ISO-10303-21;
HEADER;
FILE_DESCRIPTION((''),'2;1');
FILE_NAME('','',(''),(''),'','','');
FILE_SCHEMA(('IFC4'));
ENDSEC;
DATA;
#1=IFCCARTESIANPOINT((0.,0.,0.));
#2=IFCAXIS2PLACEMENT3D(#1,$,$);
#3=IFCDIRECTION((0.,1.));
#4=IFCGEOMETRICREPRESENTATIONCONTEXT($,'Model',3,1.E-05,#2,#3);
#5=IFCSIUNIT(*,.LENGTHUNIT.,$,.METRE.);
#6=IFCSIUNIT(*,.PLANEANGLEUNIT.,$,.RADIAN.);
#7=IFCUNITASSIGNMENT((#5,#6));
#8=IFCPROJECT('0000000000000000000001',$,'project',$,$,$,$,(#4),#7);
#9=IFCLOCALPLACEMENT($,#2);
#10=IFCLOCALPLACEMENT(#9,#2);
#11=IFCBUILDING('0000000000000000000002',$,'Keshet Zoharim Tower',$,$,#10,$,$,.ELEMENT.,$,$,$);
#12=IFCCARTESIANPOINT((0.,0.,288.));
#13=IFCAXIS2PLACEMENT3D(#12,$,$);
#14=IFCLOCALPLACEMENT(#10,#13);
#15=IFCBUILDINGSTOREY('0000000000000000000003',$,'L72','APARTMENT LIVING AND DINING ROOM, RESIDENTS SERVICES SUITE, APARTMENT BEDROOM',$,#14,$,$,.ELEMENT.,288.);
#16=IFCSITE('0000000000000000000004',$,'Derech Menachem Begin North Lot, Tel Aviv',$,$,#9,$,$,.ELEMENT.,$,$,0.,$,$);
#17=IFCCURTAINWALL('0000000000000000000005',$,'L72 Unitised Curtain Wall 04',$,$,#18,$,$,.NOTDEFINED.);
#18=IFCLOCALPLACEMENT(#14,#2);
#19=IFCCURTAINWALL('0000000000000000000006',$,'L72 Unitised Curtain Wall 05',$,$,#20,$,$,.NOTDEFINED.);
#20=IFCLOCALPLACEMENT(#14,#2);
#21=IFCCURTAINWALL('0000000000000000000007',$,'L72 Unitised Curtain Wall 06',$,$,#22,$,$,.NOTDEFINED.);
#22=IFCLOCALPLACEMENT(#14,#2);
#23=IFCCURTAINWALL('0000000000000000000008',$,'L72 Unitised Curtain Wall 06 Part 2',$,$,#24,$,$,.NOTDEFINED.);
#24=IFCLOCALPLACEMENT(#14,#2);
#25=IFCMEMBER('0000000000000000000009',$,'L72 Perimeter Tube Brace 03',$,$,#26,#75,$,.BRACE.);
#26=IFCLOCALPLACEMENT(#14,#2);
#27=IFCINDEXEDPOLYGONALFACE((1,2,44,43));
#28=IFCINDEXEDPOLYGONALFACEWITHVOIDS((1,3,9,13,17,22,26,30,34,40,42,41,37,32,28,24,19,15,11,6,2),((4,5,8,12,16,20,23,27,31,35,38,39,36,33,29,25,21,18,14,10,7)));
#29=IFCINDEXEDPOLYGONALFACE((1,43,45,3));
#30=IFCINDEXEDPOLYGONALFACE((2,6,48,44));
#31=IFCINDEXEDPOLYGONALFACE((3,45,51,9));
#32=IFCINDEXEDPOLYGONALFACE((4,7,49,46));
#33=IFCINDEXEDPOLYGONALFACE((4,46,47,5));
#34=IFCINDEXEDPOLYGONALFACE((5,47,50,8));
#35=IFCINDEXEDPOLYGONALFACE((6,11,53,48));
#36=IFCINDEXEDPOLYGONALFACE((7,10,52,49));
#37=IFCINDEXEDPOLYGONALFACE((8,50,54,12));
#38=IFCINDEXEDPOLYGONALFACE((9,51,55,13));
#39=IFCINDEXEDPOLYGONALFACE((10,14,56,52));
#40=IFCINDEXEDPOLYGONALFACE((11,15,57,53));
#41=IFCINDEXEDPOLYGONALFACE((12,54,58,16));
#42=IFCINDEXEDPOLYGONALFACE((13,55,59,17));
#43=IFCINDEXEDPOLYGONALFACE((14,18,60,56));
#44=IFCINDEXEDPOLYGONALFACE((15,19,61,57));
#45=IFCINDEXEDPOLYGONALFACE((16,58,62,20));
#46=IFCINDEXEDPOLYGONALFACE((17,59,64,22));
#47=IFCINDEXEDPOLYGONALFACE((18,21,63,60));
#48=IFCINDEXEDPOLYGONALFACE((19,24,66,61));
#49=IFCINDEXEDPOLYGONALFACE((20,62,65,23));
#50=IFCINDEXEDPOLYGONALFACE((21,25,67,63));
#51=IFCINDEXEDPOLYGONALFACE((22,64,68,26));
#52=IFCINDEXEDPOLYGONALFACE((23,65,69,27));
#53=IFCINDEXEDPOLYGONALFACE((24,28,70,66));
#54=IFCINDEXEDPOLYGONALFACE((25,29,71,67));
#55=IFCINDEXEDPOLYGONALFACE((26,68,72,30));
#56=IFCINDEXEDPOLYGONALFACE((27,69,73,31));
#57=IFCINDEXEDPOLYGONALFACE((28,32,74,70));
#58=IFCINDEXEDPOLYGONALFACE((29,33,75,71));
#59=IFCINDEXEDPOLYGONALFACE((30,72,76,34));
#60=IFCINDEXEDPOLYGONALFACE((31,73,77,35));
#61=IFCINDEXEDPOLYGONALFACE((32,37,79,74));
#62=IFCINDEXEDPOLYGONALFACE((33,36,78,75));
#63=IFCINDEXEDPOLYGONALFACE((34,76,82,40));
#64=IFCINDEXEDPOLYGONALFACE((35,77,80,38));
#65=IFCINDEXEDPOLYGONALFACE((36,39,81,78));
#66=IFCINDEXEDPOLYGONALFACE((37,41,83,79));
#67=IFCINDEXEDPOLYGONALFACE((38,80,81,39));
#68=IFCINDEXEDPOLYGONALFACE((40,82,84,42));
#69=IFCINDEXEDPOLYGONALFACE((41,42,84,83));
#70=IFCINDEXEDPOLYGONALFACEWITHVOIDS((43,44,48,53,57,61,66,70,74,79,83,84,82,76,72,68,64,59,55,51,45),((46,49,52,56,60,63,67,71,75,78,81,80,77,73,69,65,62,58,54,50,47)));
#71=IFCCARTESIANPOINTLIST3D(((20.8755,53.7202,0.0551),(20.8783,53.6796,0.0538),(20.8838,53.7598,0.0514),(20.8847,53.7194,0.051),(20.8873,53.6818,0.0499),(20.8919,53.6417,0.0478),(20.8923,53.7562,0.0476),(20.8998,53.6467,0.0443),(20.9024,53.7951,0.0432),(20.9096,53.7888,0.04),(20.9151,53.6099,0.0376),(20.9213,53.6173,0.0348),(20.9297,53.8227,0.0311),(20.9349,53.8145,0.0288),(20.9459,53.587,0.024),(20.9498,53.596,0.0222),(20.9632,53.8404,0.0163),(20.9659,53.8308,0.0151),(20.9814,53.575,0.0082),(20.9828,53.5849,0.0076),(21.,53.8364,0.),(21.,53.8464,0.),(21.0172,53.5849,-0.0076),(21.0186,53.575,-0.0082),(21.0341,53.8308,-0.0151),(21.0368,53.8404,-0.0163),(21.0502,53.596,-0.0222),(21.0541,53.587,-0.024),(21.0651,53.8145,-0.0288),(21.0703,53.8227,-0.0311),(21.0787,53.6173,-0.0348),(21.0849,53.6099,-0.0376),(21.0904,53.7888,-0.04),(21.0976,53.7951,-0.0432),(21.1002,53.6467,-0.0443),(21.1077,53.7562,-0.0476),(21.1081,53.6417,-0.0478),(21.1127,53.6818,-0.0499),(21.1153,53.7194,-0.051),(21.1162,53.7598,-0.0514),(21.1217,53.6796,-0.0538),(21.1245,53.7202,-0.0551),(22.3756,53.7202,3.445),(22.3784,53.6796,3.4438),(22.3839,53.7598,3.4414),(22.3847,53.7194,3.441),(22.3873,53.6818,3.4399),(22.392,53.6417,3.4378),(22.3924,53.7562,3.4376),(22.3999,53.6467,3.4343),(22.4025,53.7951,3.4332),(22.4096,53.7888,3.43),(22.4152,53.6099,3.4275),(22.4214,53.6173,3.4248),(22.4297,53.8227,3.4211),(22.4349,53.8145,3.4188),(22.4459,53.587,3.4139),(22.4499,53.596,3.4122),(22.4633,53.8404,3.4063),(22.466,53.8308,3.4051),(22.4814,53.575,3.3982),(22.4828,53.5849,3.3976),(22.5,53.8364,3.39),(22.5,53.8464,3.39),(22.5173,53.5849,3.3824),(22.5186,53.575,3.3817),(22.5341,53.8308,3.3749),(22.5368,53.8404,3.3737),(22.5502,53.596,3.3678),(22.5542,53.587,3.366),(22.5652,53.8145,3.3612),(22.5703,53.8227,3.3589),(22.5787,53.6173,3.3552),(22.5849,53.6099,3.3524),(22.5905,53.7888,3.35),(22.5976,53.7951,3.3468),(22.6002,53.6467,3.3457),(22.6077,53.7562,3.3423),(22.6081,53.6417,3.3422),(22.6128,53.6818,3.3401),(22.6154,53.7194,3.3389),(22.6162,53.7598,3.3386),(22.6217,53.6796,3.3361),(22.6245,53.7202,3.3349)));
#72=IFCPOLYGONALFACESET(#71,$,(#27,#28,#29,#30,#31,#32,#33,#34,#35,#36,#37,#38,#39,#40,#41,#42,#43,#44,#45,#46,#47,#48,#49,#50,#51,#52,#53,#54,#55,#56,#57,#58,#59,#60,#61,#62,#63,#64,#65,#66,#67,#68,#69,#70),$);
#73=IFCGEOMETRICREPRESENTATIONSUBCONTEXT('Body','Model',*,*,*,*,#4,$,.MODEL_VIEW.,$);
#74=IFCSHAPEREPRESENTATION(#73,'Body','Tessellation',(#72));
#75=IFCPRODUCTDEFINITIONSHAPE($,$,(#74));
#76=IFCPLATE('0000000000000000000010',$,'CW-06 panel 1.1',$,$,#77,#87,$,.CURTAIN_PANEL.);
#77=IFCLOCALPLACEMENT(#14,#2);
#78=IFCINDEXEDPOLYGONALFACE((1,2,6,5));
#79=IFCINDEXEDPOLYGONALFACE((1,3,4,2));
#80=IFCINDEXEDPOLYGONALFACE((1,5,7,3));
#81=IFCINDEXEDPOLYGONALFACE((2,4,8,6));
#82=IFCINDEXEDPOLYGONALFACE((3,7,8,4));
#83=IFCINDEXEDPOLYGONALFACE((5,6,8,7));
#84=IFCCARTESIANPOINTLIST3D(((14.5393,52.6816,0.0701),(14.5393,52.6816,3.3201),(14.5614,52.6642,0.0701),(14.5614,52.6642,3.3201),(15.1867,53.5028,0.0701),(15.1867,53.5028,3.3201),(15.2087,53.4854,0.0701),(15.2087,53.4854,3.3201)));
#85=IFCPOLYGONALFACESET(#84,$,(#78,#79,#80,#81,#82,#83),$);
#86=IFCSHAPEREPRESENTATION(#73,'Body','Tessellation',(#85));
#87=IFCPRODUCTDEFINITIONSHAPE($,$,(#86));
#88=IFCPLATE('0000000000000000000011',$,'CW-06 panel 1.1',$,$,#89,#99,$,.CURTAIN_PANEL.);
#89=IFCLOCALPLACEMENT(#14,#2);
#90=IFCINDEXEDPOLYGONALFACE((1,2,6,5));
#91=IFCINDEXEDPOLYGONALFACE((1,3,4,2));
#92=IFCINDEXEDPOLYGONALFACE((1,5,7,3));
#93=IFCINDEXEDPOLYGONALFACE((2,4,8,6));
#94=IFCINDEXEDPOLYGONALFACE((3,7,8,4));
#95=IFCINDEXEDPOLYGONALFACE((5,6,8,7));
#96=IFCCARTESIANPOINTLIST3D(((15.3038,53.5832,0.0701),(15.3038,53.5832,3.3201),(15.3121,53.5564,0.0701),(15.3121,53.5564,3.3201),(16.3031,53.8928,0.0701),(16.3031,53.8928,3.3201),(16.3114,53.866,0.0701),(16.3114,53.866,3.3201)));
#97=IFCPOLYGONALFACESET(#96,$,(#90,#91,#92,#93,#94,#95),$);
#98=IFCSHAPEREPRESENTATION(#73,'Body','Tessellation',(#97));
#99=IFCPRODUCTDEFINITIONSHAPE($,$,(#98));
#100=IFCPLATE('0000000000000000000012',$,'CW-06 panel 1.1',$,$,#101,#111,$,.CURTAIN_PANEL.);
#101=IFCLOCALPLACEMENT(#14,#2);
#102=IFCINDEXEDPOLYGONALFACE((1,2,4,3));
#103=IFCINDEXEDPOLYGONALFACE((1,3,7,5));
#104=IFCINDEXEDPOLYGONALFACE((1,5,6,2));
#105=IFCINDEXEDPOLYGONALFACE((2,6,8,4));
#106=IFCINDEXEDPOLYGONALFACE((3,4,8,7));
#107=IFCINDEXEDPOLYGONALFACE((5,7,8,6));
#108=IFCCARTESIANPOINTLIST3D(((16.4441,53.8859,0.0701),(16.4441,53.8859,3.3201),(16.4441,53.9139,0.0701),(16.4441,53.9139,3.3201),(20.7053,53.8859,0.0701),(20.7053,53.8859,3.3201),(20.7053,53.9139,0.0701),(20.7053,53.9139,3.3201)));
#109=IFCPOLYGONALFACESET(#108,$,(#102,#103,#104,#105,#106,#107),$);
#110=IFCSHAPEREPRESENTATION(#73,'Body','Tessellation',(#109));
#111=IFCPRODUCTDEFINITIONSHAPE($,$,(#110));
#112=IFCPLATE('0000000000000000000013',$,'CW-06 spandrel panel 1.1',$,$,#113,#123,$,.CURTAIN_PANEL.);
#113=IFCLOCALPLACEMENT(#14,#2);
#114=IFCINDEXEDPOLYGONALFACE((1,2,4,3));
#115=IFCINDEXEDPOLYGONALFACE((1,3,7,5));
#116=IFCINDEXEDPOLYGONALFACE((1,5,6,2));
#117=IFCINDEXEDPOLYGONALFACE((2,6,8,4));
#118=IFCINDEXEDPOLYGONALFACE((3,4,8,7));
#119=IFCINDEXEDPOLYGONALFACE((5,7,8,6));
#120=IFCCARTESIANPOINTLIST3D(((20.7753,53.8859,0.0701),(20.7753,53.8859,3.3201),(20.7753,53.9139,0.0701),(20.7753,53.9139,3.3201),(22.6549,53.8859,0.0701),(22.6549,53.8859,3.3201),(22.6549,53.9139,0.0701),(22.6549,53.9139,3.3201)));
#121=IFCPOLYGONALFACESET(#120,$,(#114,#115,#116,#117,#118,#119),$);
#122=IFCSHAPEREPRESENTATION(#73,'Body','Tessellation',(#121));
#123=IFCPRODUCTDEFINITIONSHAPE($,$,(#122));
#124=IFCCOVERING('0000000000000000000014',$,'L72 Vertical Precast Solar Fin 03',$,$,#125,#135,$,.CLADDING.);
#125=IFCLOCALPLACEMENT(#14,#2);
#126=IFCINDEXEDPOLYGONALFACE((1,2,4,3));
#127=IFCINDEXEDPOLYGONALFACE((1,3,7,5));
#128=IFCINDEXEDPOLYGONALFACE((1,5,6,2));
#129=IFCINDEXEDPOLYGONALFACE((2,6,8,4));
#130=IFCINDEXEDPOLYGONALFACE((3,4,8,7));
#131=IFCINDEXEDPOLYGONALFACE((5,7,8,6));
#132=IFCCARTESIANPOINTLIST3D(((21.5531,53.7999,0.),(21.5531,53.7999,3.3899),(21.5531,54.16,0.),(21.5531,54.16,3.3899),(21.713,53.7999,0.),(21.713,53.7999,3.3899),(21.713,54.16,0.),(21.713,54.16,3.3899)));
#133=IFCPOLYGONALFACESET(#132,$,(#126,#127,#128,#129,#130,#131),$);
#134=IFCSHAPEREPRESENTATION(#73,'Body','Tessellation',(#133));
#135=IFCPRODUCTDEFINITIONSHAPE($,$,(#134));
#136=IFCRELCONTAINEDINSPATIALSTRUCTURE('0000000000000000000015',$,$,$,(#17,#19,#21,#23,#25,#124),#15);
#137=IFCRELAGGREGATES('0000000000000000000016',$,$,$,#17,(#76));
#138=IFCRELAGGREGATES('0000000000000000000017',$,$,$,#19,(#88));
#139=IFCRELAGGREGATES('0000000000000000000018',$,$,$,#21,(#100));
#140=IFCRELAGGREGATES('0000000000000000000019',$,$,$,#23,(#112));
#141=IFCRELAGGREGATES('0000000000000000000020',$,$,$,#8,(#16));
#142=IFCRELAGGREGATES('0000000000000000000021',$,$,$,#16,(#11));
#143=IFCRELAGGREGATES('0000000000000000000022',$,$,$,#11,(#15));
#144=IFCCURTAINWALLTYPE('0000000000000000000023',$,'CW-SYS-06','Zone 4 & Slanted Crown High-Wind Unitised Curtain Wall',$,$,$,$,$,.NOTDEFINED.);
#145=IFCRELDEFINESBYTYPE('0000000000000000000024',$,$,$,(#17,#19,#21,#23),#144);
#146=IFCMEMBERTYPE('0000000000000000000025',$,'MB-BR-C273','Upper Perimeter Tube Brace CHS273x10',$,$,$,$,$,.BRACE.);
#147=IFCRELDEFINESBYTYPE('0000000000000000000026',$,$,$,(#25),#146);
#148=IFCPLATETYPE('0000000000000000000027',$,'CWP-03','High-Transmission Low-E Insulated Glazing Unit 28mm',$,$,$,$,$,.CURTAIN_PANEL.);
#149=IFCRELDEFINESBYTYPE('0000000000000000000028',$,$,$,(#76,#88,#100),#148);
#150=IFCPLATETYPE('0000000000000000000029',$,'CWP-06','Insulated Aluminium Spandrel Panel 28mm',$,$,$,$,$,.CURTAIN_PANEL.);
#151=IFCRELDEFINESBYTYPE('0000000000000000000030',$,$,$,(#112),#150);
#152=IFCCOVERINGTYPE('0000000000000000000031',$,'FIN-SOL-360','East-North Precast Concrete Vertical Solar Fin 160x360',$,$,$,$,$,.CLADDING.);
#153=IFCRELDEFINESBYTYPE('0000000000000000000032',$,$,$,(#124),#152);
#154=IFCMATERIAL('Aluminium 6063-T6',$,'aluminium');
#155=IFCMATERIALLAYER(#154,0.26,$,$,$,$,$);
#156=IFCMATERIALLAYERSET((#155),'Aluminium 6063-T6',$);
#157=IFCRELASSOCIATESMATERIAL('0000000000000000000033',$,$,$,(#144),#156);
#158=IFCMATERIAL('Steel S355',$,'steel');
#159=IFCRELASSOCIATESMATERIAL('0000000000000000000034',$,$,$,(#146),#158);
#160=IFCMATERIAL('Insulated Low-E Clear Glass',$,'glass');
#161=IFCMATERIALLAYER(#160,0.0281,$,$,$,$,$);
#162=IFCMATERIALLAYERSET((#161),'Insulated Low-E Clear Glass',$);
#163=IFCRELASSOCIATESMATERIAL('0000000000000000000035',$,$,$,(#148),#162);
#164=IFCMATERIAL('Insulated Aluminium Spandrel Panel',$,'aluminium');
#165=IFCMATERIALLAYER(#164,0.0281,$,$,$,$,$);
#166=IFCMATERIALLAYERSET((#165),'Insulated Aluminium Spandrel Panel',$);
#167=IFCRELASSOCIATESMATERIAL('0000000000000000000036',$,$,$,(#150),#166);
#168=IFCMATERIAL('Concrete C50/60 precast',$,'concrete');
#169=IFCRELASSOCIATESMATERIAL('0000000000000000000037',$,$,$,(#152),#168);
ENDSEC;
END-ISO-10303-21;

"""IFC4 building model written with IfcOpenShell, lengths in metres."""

from ifc_helpers import new_model, si_unit, direction, frame, origin, origin_2d, place, context, subcontext, project, spatial, rectangle, hollow_circle, extrude, material, layer, layer_set, material_profile, profile_set, type_object, element, aggregate, save


model = new_model("IFC4")

# Units and contexts
model_context = context("Model", 3, precision=1e-05, world=origin(), true_north=direction((0.0, 1.0)))
body_context = subcontext(model_context, "Body", "Model", "MODEL_VIEW")
ifc_project = project(units=[si_unit("LENGTHUNIT", "METRE"), si_unit("PLANEANGLEUNIT", "RADIAN")], contexts=[model_context])

# Site, building, storey
site_placement = place(None, origin())
site = spatial("IfcSite", under=ifc_project, at=site_placement, Name="Derech Menachem Begin North Lot, Tel Aviv", CompositionType="ELEMENT", RefElevation=0.0)
building_placement = place(site_placement, origin())
building = spatial("IfcBuilding", under=site, at=building_placement, Name="Keshet Zoharim Tower", CompositionType="ELEMENT")
storey_placement = place(building_placement, frame((0.0, 0.0, 288.0)))
storey = spatial("IfcBuildingStorey", under=building, at=storey_placement, Name="L72", Description="APARTMENT LIVING AND DINING ROOM, RESIDENTS SERVICES SUITE, APARTMENT BEDROOM", CompositionType="ELEMENT", Elevation=288.0)

# Shared definitions
ifc_material_1 = material(Name="Steel S355", Category="steel")

# Curtain wall
ifc_material_2 = material(Name="Aluminium 6063-T6", Category="aluminium")
ifc_layer_1 = layer(ifc_material_2, 0.26)
ifc_layer_set_1 = layer_set([ifc_layer_1], Name="Aluminium 6063-T6")
curtain_wall_type = type_object("IfcCurtainWallType", Name="CW-SYS-06", Description="Zone 4 & Slanted Crown High-Wind Unitised Curtain Wall", PredefinedType="NOTDEFINED", material=ifc_layer_set_1)
curtain_wall_1_placement = place(storey_placement, origin())
curtain_wall_1 = element("IfcCurtainWall", 1, at=curtain_wall_1_placement, inside=storey, type_object=curtain_wall_type, Name="L72 Unitised Curtain Wall 04", PredefinedType="NOTDEFINED")

# Curtain walls
curtain_wall_2_placement = place(storey_placement, origin())
curtain_wall_2 = element("IfcCurtainWall", 2, at=curtain_wall_2_placement, inside=storey, type_object=curtain_wall_type, Name="L72 Unitised Curtain Wall 05", PredefinedType="NOTDEFINED")
curtain_wall_3_placement = place(storey_placement, origin())
curtain_wall_3 = element("IfcCurtainWall", 3, at=curtain_wall_3_placement, inside=storey, type_object=curtain_wall_type, Name="L72 Unitised Curtain Wall 06", PredefinedType="NOTDEFINED")

# Curtain wall
curtain_wall_4_placement = place(storey_placement, origin())
curtain_wall_4 = element("IfcCurtainWall", 4, at=curtain_wall_4_placement, inside=storey, type_object=curtain_wall_type, Name="L72 Unitised Curtain Wall 06 Part 2", PredefinedType="NOTDEFINED")

# Member
ifc_material_profile_1 = material_profile(ifc_material_1, hollow_circle(Radius=0.1365, WallThickness=0.01, at=origin_2d()), Name="CHS273x10")
ifc_profile_set_1 = profile_set([ifc_material_profile_1], Name="Steel S355")
member_type_1 = type_object("IfcMemberType", Name="MB-BR-C273", Description="Upper Perimeter Tube Brace CHS273x10", PredefinedType="BRACE", material=ifc_profile_set_1)
member_1_placement = place(storey_placement, frame((21.0, 53.71, 0.0), z_axis=(0.404647, 0.0, 0.914473), x_axis=(0.0, 1.0, 0.0)))
element("IfcMember", 5, at=member_1_placement, inside=storey, type_object=member_type_1, Name="L72 Perimeter Tube Brace 03", PredefinedType="BRACE", context=body_context, shape_type="SweptSolid", body=[
    extrude(hollow_circle(Radius=0.1365, WallThickness=0.01, at=origin_2d()), origin(), (0.0, 0.0, 1.0), 3.707),
])

# Plates
ifc_material_3 = material(Name="Insulated Low-E Clear Glass", Category="glass")
ifc_layer_2 = layer(ifc_material_3, 0.0281)
ifc_layer_set_2 = layer_set([ifc_layer_2], Name="Insulated Low-E Clear Glass")
plate_type_1 = type_object("IfcPlateType", Name="CWP-03", Description="High-Transmission Low-E Insulated Glazing Unit 28mm", PredefinedType="CURTAIN_PANEL", material=ifc_layer_set_2)
plate_1_placement = place(storey_placement, frame((14.874, 53.0835, 0.0701), z_axis=(0.0, 0.0, 1.0), x_axis=(0.619125, 0.785293, 0.0)))
plate_1 = element("IfcPlate", 6, at=plate_1_placement, type_object=plate_type_1, Name="CW-06 panel 1.1", PredefinedType="CURTAIN_PANEL", context=body_context, shape_type="SweptSolid", body=[
    extrude(rectangle(XDim=1.0457, YDim=0.0281, at=origin_2d()), origin(), (0.0, 0.0, 1.0), 3.25),
])
aggregate(curtain_wall_1, [plate_1])
plate_2_placement = place(storey_placement, frame((15.8076, 53.7246, 0.0701), z_axis=(0.0, 0.0, 1.0), x_axis=(0.955212, 0.295922, 0.0)))
plate_2 = element("IfcPlate", 7, at=plate_2_placement, type_object=plate_type_1, Name="CW-06 panel 1.1", PredefinedType="CURTAIN_PANEL", context=body_context, shape_type="SweptSolid", body=[
    extrude(rectangle(XDim=1.0461, YDim=0.0281, at=origin_2d()), origin(), (0.0, 0.0, 1.0), 3.25),
])
aggregate(curtain_wall_2, [plate_2])
plate_3_placement = place(storey_placement, frame((18.5747, 53.8999, 0.0701), z_axis=(0.0, 0.0, 1.0), x_axis=(1.0, 0.0, 0.0)))
plate_3 = element("IfcPlate", 8, at=plate_3_placement, type_object=plate_type_1, Name="CW-06 panel 1.1", PredefinedType="CURTAIN_PANEL", context=body_context, shape_type="SweptSolid", body=[
    extrude(rectangle(XDim=4.2612, YDim=0.0281, at=origin_2d()), origin(), (0.0, 0.0, 1.0), 3.25),
])
aggregate(curtain_wall_3, [plate_3])
ifc_material_4 = material(Name="Insulated Aluminium Spandrel Panel", Category="aluminium")
ifc_layer_3 = layer(ifc_material_4, 0.0281)
ifc_layer_set_3 = layer_set([ifc_layer_3], Name="Insulated Aluminium Spandrel Panel")
plate_type_2 = type_object("IfcPlateType", Name="CWP-06", Description="Insulated Aluminium Spandrel Panel 28mm", PredefinedType="CURTAIN_PANEL", material=ifc_layer_set_3)
plate_4_placement = place(storey_placement, frame((21.7151, 53.8999, 0.0701), z_axis=(0.0, 0.0, 1.0), x_axis=(1.0, 0.0, 0.0)))
plate_4 = element("IfcPlate", 9, at=plate_4_placement, type_object=plate_type_2, Name="CW-06 spandrel panel 1.1", PredefinedType="CURTAIN_PANEL", context=body_context, shape_type="SweptSolid", body=[
    extrude(rectangle(XDim=1.8796, YDim=0.0281, at=origin_2d()), origin(), (0.0, 0.0, 1.0), 3.25),
])
aggregate(curtain_wall_4, [plate_4])

# Covering
ifc_material_5 = material(Name="Concrete C50/60 precast", Category="concrete")
covering_type = type_object("IfcCoveringType", Name="FIN-SOL-360", Description="East-North Precast Concrete Vertical Solar Fin 160x360", PredefinedType="CLADDING", material=ifc_material_5)
covering_placement = place(storey_placement, frame((21.6331, 53.98, 0.0), z_axis=(0.0, 0.0, 1.0), x_axis=(1.0, 0.0, 0.0)))
element("IfcCovering", 10, at=covering_placement, inside=storey, type_object=covering_type, Name="L72 Vertical Precast Solar Fin 03", PredefinedType="CLADDING", context=body_context, shape_type="SweptSolid", body=[
    extrude(rectangle(XDim=0.1599, YDim=0.3601, at=origin_2d()), origin(), (0.0, 0.0, 1.0), 3.3899),
])

save(model, "model.ifc")
